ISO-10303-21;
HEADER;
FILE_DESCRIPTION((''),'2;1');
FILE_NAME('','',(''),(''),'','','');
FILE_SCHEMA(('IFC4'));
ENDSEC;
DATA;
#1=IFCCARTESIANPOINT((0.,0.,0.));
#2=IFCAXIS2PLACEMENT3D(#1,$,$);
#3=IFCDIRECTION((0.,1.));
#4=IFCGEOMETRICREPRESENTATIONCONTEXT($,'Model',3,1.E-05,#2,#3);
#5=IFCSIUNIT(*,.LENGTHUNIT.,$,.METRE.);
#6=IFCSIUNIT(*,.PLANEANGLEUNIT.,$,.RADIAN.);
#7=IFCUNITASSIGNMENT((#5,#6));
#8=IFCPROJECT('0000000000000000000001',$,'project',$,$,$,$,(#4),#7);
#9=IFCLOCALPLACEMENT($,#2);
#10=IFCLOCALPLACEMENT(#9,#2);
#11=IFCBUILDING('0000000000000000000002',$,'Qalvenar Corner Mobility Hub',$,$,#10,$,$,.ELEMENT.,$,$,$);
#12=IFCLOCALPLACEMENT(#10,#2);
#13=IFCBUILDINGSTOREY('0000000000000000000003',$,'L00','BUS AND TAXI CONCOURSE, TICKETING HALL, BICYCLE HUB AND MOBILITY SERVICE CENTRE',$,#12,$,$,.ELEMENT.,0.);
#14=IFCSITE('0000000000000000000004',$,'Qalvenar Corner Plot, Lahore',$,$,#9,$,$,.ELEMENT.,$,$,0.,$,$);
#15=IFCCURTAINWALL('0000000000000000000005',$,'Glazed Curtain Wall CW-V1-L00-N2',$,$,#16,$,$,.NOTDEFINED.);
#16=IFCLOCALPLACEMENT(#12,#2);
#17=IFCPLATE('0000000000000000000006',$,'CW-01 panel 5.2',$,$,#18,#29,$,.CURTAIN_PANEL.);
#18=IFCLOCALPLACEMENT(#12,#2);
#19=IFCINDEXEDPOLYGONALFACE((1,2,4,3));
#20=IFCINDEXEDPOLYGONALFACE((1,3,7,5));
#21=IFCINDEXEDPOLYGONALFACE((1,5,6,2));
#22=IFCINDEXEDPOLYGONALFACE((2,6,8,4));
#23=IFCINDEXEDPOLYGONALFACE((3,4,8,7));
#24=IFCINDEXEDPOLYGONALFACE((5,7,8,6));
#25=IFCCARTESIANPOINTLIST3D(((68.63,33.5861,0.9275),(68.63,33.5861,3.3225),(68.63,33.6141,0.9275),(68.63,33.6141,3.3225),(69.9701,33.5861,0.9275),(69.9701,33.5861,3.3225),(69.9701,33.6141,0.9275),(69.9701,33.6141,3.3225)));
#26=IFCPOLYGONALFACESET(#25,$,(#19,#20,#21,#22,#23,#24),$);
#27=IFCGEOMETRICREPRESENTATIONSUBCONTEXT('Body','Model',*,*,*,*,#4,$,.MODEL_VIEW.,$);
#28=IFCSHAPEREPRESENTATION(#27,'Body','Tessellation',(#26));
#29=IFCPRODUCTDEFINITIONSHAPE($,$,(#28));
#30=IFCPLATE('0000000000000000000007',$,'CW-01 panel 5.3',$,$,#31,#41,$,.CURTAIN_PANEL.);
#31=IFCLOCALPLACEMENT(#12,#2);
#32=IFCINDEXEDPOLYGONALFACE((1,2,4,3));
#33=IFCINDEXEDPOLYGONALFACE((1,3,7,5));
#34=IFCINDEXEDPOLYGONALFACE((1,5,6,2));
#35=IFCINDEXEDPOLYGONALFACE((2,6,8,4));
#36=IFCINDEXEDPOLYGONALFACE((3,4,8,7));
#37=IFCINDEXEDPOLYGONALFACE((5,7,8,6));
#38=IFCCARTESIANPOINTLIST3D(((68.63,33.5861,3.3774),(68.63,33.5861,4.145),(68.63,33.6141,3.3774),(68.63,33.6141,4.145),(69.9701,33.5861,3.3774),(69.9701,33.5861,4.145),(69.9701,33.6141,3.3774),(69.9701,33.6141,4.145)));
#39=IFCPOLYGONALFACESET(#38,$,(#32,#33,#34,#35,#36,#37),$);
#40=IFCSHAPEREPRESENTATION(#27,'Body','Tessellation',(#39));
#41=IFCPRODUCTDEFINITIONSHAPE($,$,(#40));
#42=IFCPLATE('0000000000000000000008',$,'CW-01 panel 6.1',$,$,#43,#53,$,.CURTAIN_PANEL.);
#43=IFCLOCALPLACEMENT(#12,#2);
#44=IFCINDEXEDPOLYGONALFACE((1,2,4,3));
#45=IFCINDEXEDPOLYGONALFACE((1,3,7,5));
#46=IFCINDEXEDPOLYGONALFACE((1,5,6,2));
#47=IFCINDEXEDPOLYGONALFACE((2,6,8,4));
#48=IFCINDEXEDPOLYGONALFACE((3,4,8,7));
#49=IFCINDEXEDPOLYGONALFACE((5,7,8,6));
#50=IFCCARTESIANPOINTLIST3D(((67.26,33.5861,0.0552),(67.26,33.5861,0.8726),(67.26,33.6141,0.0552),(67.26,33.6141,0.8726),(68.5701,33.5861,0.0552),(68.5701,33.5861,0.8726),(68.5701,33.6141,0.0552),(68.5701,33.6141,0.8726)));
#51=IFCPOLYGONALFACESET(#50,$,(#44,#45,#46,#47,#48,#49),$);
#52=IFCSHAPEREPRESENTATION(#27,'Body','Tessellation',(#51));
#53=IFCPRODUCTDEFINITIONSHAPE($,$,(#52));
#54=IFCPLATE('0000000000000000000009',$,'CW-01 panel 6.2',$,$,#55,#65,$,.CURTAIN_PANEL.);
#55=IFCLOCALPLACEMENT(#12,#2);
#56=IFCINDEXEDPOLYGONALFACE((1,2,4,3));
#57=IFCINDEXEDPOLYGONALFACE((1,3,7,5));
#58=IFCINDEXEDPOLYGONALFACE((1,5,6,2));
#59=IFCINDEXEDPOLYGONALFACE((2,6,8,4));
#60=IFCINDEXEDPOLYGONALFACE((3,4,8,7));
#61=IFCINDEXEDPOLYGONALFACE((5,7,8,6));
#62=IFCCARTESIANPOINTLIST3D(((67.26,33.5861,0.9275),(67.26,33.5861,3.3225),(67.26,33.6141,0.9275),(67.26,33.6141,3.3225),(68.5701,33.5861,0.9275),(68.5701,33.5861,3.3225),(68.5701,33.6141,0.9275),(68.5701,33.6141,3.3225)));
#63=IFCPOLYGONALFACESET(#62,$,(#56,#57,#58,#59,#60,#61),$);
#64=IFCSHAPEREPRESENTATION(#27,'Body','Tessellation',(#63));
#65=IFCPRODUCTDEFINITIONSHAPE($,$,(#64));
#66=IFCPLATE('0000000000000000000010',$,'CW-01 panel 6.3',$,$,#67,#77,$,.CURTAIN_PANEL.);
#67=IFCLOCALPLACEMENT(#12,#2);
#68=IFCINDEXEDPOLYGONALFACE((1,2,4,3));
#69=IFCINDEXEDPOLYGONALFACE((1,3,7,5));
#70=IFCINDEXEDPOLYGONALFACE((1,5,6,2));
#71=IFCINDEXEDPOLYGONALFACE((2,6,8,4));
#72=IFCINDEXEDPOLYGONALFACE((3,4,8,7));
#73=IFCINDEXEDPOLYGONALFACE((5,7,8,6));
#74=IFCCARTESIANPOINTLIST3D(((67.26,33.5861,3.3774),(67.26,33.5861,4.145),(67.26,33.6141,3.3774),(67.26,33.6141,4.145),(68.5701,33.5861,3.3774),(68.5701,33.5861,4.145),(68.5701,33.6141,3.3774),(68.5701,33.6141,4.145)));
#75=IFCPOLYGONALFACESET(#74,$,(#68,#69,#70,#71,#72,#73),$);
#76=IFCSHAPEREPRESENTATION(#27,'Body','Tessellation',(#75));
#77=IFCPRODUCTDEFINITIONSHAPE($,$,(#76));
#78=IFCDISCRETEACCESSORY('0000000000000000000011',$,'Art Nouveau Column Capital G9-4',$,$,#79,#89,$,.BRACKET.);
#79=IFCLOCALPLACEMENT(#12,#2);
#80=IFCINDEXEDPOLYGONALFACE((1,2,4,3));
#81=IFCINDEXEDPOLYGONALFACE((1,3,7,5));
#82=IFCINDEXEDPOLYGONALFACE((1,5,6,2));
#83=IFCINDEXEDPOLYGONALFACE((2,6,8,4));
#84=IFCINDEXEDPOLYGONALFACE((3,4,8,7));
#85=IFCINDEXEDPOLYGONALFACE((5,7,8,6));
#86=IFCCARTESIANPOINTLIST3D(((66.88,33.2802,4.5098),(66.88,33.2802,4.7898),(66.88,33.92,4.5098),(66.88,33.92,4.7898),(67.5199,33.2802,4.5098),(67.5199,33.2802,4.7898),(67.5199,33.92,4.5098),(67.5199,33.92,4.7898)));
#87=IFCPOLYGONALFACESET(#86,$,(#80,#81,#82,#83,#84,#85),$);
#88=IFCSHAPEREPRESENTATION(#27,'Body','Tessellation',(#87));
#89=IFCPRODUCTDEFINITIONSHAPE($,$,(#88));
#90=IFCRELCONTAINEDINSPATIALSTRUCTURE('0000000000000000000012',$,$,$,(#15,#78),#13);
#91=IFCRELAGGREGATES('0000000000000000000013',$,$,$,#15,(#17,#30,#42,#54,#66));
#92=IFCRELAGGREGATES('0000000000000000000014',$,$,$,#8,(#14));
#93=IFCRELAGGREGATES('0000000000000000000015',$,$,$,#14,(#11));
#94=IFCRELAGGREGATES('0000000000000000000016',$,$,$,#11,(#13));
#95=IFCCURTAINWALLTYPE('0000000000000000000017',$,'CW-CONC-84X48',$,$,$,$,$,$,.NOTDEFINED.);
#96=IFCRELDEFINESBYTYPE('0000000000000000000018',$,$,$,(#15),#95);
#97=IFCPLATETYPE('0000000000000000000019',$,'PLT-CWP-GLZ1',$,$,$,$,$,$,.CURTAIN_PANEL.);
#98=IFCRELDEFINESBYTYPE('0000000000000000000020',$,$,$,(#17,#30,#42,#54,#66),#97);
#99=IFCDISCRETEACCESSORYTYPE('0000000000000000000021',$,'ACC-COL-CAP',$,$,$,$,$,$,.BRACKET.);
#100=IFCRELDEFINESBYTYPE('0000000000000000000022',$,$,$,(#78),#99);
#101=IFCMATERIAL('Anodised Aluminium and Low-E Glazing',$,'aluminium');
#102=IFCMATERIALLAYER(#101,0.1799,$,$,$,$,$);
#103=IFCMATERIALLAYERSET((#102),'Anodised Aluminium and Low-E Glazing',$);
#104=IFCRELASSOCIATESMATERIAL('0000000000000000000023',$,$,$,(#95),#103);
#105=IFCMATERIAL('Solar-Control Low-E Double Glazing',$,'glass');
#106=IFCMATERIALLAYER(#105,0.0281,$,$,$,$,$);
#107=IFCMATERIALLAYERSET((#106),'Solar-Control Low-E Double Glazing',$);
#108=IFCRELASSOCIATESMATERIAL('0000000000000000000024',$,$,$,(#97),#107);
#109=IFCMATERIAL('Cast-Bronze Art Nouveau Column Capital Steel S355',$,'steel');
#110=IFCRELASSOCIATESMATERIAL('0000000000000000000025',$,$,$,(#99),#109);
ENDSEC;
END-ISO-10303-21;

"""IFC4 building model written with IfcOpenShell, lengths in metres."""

from ifc_helpers import new_model, si_unit, direction, frame, origin, origin_2d, place, context, subcontext, project, spatial, rectangle, extrude, material, layer, layer_set, type_object, element, aggregate, save


model = new_model("IFC4")

# Units and contexts
model_context = context("Model", 3, precision=1e-05, world=origin(), true_north=direction((0.0, 1.0)))
body_context = subcontext(model_context, "Body", "Model", "MODEL_VIEW")
ifc_project = project(units=[si_unit("LENGTHUNIT", "METRE"), si_unit("PLANEANGLEUNIT", "RADIAN")], contexts=[model_context])

# Site, building, storey
site_placement = place(None, origin())
site = spatial("IfcSite", under=ifc_project, at=site_placement, Name="Qalvenar Corner Plot, Lahore", CompositionType="ELEMENT", RefElevation=0.0)
building_placement = place(site_placement, origin())
building = spatial("IfcBuilding", under=site, at=building_placement, Name="Qalvenar Corner Mobility Hub", CompositionType="ELEMENT")
storey_placement = place(building_placement, origin())
storey = spatial("IfcBuildingStorey", under=building, at=storey_placement, Name="L00", Description="BUS AND TAXI CONCOURSE, TICKETING HALL, BICYCLE HUB AND MOBILITY SERVICE CENTRE", CompositionType="ELEMENT", Elevation=0.0)

# Curtain wall, plates
ifc_material_1 = material(Name="Anodised Aluminium and Low-E Glazing", Category="aluminium")
ifc_layer_1 = layer(ifc_material_1, 0.1799)
ifc_layer_set_1 = layer_set([ifc_layer_1], Name="Anodised Aluminium and Low-E Glazing")
curtain_wall_type = type_object("IfcCurtainWallType", Name="CW-CONC-84X48", PredefinedType="NOTDEFINED", material=ifc_layer_set_1)
curtain_wall_placement = place(storey_placement, origin())
curtain_wall = element("IfcCurtainWall", 1, at=curtain_wall_placement, inside=storey, type_object=curtain_wall_type, Name="Glazed Curtain Wall CW-V1-L00-N2", PredefinedType="NOTDEFINED")
ifc_material_2 = material(Name="Solar-Control Low-E Double Glazing", Category="glass")
ifc_layer_2 = layer(ifc_material_2, 0.0281)
ifc_layer_set_2 = layer_set([ifc_layer_2], Name="Solar-Control Low-E Double Glazing")
plate_type = type_object("IfcPlateType", Name="PLT-CWP-GLZ1", PredefinedType="CURTAIN_PANEL", material=ifc_layer_set_2)
plate_1_placement = place(storey_placement, frame((69.3, 33.6001, 0.9275), z_axis=(0.0, 0.0, 1.0), x_axis=(-1.0, 0.0, 0.0)))
plate_1 = element("IfcPlate", 2, at=plate_1_placement, type_object=plate_type, Name="CW-01 panel 5.2", PredefinedType="CURTAIN_PANEL", context=body_context, shape_type="SweptSolid", body=[
    extrude(rectangle(XDim=1.3401, YDim=0.0281, at=origin_2d()), origin(), (0.0, 0.0, 1.0), 2.395),
])
plate_2_placement = place(storey_placement, frame((69.3, 33.6001, 3.3774), z_axis=(0.0, 0.0, 1.0), x_axis=(-1.0, 0.0, 0.0)))
plate_2 = element("IfcPlate", 3, at=plate_2_placement, type_object=plate_type, Name="CW-01 panel 5.3", PredefinedType="CURTAIN_PANEL", context=body_context, shape_type="SweptSolid", body=[
    extrude(rectangle(XDim=1.3401, YDim=0.0281, at=origin_2d()), origin(), (0.0, 0.0, 1.0), 0.7676),
])
plate_3_placement = place(storey_placement, frame((67.915, 33.6001, 0.0552), z_axis=(0.0, 0.0, 1.0), x_axis=(-1.0, 0.0, 0.0)))
plate_3 = element("IfcPlate", 4, at=plate_3_placement, type_object=plate_type, Name="CW-01 panel 6.1", PredefinedType="CURTAIN_PANEL", context=body_context, shape_type="SweptSolid", body=[
    extrude(rectangle(XDim=1.3101, YDim=0.0281, at=origin_2d()), origin(), (0.0, 0.0, 1.0), 0.8174),
])
plate_4_placement = place(storey_placement, frame((67.915, 33.6001, 0.9275), z_axis=(0.0, 0.0, 1.0), x_axis=(-1.0, 0.0, 0.0)))
plate_4 = element("IfcPlate", 5, at=plate_4_placement, type_object=plate_type, Name="CW-01 panel 6.2", PredefinedType="CURTAIN_PANEL", context=body_context, shape_type="SweptSolid", body=[
    extrude(rectangle(XDim=1.3101, YDim=0.0281, at=origin_2d()), origin(), (0.0, 0.0, 1.0), 2.395),
])
plate_5_placement = place(storey_placement, frame((67.915, 33.6001, 3.3774), z_axis=(0.0, 0.0, 1.0), x_axis=(-1.0, 0.0, 0.0)))
plate_5 = element("IfcPlate", 6, at=plate_5_placement, type_object=plate_type, Name="CW-01 panel 6.3", PredefinedType="CURTAIN_PANEL", context=body_context, shape_type="SweptSolid", body=[
    extrude(rectangle(XDim=1.3101, YDim=0.0281, at=origin_2d()), origin(), (0.0, 0.0, 1.0), 0.7676),
])
aggregate(curtain_wall, [plate_1, plate_2, plate_3, plate_4, plate_5])

# Discrete accessory
ifc_material_3 = material(Name="Cast-Bronze Art Nouveau Column Capital Steel S355", Category="steel")
discrete_accessory_type = type_object("IfcDiscreteAccessoryType", Name="ACC-COL-CAP", PredefinedType="BRACKET", material=ifc_material_3)
discrete_accessory_placement = place(storey_placement, frame((67.2, 33.6001, 4.5098), z_axis=(0.0, 0.0, 1.0), x_axis=(1.0, 0.0, 0.0)))
element("IfcDiscreteAccessory", 7, at=discrete_accessory_placement, inside=storey, type_object=discrete_accessory_type, Name="Art Nouveau Column Capital G9-4", PredefinedType="BRACKET", context=body_context, shape_type="SweptSolid", body=[
    extrude(rectangle(XDim=0.6399, YDim=0.6399, at=origin_2d()), origin(), (0.0, 0.0, 1.0), 0.28),
])

save(model, "model.ifc")
